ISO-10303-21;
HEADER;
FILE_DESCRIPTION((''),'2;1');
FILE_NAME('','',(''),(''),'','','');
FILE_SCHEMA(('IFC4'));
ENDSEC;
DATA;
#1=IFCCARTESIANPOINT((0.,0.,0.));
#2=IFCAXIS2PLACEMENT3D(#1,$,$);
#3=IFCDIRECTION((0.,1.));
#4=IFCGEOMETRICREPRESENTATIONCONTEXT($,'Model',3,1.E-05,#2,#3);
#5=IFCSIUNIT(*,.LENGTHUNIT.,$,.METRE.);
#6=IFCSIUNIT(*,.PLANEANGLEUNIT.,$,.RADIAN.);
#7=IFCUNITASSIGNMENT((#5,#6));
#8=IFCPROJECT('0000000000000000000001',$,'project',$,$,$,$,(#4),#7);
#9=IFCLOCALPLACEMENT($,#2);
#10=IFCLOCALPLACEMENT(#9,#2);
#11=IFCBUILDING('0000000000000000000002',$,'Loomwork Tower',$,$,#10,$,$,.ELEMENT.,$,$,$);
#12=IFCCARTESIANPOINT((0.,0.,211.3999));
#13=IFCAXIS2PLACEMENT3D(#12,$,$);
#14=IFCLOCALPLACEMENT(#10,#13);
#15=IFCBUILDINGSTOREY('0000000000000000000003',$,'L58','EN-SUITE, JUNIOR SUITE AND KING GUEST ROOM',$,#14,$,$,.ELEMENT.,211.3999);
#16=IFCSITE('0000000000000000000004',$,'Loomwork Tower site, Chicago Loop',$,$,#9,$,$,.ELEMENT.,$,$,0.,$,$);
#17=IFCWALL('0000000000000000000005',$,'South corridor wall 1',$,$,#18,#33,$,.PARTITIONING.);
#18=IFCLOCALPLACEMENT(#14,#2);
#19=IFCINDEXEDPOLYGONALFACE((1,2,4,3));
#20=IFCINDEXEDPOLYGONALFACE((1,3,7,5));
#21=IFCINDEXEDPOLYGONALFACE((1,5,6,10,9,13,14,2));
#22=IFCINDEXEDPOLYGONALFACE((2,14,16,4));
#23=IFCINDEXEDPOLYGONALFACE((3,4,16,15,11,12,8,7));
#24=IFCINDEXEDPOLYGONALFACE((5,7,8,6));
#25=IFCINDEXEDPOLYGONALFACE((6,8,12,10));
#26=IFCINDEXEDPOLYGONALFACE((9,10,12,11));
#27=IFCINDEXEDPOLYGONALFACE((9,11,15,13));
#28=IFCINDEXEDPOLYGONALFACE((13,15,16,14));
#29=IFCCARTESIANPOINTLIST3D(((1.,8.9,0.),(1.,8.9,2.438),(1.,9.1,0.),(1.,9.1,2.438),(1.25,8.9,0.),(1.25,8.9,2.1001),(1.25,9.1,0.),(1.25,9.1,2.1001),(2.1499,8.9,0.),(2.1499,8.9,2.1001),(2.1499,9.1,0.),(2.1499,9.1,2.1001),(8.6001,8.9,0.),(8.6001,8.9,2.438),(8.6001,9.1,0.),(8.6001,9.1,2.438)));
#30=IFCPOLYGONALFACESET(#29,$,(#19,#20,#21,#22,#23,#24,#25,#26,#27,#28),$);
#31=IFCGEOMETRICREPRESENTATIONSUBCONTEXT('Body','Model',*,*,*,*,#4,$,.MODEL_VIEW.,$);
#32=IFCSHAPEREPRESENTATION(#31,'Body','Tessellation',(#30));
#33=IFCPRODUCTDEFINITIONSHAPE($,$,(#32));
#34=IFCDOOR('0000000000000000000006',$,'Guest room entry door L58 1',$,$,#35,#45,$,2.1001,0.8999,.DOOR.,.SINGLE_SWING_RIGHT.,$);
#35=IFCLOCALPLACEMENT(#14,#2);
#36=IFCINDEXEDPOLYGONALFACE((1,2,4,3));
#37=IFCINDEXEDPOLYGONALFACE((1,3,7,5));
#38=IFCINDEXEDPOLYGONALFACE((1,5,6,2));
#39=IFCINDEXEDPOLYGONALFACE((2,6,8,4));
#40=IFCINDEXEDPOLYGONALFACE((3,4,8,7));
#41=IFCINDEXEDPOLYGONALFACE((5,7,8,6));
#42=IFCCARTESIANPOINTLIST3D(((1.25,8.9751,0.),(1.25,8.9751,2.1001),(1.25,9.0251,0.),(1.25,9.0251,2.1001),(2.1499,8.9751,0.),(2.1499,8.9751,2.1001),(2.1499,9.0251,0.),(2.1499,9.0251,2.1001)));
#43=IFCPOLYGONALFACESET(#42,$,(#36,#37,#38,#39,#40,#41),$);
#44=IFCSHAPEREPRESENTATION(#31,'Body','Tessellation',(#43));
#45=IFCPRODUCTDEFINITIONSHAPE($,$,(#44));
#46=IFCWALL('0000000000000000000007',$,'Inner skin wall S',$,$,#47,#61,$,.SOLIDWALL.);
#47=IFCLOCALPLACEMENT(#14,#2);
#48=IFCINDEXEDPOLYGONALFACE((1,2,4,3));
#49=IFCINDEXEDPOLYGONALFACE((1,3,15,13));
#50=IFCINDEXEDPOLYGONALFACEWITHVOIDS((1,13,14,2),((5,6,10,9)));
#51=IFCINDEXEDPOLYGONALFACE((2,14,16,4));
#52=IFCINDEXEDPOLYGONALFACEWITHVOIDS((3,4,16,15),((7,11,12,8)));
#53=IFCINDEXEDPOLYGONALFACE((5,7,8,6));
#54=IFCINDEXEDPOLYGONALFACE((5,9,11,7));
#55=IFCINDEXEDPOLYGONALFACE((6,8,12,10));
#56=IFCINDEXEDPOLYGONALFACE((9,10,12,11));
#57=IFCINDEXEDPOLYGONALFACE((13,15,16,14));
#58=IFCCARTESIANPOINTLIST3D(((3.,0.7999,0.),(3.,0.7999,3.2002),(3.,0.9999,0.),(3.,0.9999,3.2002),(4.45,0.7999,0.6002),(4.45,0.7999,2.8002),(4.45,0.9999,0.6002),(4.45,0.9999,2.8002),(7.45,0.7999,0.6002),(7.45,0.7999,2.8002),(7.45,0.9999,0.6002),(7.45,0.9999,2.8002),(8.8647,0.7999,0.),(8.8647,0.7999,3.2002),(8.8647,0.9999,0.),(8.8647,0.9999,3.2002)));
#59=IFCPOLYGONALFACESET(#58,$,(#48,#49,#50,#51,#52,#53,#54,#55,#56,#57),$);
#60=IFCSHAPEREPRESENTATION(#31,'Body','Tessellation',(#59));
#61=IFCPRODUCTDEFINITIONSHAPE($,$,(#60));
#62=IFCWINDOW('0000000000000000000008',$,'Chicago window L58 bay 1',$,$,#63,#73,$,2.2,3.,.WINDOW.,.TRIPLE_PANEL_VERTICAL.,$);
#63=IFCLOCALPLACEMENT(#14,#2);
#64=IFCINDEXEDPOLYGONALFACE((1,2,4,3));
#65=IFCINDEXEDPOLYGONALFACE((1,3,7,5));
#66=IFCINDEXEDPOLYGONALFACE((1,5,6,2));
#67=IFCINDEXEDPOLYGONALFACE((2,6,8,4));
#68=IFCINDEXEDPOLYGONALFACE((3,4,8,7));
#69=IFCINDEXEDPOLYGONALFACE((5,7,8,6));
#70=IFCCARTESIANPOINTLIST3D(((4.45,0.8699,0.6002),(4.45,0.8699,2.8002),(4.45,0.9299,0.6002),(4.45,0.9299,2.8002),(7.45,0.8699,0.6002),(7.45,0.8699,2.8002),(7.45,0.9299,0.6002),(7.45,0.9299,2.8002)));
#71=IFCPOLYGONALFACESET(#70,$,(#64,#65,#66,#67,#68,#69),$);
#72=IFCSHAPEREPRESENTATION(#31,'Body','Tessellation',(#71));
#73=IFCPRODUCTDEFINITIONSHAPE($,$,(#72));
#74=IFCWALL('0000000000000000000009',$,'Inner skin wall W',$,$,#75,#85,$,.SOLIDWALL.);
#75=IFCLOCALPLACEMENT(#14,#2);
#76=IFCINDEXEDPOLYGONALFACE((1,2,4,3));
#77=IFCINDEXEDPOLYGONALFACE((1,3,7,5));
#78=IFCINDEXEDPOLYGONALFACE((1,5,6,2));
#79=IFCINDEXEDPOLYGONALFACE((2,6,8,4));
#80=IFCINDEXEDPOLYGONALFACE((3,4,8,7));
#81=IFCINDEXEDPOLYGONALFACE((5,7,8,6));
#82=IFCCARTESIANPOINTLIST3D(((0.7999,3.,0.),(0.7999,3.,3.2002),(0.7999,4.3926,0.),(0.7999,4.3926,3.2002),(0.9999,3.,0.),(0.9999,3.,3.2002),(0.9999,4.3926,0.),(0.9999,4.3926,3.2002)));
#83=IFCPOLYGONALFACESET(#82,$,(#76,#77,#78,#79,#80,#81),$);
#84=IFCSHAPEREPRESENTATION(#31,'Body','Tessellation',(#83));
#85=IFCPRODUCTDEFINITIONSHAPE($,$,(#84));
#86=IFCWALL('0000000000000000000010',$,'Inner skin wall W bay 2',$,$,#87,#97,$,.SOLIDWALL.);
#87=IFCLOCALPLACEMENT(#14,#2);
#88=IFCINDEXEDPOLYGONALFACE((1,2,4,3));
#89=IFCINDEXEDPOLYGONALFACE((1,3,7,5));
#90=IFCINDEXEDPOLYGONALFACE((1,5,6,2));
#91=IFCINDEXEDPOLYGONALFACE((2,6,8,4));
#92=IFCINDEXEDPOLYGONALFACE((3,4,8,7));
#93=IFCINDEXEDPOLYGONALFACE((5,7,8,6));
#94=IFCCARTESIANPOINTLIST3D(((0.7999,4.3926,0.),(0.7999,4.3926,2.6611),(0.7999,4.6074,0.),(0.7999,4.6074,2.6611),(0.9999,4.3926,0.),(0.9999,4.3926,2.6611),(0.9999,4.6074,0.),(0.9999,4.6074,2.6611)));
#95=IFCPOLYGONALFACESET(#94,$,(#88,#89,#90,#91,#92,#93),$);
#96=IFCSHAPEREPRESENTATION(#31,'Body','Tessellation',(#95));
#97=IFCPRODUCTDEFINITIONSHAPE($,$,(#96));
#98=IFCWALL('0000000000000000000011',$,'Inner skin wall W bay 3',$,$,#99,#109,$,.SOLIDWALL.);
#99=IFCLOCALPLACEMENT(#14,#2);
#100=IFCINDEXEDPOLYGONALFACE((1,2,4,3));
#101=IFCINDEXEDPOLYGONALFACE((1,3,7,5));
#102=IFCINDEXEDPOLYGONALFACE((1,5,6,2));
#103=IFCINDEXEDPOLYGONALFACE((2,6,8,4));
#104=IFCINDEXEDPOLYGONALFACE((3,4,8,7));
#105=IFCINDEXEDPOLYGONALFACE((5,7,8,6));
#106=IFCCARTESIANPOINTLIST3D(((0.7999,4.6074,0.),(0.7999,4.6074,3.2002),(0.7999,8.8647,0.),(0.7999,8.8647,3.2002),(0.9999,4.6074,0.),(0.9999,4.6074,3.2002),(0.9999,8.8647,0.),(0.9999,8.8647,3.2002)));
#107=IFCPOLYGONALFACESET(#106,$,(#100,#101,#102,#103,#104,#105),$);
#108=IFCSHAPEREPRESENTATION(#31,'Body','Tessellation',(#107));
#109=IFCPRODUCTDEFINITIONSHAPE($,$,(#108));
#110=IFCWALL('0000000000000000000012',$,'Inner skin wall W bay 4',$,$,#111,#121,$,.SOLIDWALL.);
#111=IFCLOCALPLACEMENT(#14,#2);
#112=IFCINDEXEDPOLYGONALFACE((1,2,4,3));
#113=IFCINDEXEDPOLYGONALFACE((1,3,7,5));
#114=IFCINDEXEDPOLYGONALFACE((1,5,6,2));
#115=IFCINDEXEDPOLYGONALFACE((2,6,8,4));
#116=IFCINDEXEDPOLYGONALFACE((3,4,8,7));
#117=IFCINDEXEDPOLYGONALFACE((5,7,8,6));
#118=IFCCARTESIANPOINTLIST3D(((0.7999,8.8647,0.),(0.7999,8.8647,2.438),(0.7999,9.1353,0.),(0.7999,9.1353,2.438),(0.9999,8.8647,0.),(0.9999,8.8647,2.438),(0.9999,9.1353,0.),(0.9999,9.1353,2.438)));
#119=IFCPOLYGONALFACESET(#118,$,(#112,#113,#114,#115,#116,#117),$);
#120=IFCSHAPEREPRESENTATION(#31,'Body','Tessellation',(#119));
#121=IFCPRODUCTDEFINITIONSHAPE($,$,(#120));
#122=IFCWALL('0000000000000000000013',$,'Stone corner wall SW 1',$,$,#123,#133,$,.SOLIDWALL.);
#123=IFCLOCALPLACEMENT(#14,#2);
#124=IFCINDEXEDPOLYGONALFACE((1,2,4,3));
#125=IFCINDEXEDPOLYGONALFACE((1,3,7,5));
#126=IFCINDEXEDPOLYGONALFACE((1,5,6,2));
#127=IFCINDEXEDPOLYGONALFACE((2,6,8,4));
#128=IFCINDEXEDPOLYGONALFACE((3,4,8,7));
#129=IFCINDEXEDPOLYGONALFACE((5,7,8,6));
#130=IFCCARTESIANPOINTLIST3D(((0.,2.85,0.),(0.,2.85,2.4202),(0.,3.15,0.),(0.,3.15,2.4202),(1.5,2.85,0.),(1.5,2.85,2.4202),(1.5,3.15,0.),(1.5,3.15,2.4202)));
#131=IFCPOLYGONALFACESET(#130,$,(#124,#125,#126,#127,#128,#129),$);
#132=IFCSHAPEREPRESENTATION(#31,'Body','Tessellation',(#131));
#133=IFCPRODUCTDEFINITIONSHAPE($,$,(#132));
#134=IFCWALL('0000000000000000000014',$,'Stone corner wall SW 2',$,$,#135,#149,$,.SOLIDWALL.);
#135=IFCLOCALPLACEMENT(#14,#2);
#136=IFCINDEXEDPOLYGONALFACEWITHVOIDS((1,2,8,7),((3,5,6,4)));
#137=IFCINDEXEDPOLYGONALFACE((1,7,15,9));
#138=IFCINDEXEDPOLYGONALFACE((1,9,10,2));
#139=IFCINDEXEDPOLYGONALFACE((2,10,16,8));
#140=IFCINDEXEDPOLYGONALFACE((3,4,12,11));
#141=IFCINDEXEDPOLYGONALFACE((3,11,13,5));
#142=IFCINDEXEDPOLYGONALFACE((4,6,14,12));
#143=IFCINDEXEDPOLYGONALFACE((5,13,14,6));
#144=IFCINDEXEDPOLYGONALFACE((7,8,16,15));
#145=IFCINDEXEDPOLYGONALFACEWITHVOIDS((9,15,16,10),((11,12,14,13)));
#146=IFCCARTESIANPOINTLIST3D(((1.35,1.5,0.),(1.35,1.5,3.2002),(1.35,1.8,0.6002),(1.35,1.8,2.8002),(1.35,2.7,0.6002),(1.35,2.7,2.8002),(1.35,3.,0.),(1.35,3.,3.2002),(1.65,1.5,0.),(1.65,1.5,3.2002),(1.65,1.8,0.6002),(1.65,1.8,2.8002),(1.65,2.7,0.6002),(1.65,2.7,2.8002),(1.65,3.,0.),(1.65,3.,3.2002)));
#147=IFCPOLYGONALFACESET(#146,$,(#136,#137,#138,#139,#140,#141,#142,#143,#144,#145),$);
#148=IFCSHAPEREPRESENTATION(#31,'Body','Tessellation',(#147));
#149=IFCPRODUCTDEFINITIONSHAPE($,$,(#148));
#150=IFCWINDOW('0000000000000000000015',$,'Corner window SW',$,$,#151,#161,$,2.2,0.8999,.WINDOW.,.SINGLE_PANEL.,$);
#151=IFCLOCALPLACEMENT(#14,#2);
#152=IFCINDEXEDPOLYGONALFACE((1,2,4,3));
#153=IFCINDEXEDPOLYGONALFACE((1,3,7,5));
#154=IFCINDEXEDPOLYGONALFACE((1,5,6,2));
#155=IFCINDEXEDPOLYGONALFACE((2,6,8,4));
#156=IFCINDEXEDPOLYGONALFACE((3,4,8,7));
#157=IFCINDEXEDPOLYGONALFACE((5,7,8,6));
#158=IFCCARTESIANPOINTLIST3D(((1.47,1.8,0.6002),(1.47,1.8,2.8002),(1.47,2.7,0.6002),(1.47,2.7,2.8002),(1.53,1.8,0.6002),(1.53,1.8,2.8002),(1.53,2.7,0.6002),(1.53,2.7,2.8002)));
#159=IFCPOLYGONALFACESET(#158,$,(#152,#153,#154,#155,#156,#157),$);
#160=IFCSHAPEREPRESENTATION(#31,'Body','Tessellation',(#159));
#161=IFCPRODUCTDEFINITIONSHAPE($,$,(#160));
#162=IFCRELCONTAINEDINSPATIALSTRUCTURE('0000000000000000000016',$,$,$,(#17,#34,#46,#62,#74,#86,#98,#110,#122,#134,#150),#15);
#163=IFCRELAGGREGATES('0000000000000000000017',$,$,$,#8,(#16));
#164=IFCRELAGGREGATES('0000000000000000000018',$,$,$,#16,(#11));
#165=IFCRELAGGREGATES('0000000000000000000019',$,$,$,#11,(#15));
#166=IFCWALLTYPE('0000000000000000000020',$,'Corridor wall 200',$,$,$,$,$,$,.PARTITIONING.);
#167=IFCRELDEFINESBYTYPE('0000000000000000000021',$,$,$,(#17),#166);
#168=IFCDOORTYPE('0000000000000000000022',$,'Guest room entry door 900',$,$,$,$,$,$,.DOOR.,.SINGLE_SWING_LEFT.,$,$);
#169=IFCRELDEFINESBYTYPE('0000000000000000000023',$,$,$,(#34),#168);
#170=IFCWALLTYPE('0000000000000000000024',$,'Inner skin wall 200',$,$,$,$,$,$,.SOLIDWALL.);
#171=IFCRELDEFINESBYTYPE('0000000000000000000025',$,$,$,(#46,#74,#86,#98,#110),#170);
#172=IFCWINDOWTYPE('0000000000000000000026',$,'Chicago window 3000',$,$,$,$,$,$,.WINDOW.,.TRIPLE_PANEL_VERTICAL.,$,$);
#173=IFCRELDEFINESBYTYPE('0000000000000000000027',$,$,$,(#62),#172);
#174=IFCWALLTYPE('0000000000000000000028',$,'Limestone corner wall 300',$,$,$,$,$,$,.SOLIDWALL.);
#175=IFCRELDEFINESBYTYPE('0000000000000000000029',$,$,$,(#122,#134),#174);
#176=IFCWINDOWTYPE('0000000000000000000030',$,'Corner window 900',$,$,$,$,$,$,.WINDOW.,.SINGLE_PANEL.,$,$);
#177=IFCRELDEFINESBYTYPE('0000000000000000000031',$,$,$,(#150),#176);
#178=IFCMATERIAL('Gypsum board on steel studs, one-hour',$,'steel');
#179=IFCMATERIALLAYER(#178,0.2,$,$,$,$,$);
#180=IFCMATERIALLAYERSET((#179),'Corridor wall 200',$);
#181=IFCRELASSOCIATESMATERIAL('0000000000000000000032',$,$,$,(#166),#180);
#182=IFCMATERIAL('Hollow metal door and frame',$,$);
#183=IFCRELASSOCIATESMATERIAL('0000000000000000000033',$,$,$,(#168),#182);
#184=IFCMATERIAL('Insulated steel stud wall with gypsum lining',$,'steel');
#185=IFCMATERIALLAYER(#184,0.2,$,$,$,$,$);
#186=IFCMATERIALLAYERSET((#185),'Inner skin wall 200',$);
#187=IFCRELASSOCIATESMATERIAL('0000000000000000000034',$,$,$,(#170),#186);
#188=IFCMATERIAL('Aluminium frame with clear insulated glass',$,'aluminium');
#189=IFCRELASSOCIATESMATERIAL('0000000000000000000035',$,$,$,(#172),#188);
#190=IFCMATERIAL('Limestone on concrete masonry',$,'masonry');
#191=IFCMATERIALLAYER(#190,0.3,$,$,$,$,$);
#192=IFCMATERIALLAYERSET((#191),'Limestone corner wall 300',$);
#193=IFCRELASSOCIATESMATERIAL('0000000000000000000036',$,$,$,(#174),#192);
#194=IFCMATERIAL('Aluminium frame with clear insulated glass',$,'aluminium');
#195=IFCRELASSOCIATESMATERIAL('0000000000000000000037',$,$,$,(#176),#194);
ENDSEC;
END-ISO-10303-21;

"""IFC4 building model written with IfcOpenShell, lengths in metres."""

from ifc_helpers import new_model, si_unit, direction, frame, frame_2d, origin, place, context, subcontext, project, spatial, rectangle, extrude, material, layer, layer_set, type_object, element, fill, save


model = new_model("IFC4")

# Units and contexts
model_context = context("Model", 3, precision=1e-05, world=origin(), true_north=direction((0.0, 1.0)))
body_context = subcontext(model_context, "Body", "Model", "MODEL_VIEW")
ifc_project = project(units=[si_unit("LENGTHUNIT", "METRE"), si_unit("PLANEANGLEUNIT", "RADIAN")], contexts=[model_context])

# Site, building, storey
site_placement = place(None, origin())
site = spatial("IfcSite", under=ifc_project, at=site_placement, Name="Loomwork Tower site, Chicago Loop", CompositionType="ELEMENT", RefElevation=0.0)
building_placement = place(site_placement, origin())
building = spatial("IfcBuilding", under=site, at=building_placement, Name="Loomwork Tower", CompositionType="ELEMENT")
storey_placement = place(building_placement, frame((0.0, 0.0, 211.3999)))
storey = spatial("IfcBuildingStorey", under=building, at=storey_placement, Name="L58", Description="EN-SUITE, JUNIOR SUITE AND KING GUEST ROOM", CompositionType="ELEMENT", Elevation=211.3999)

# Wall, opening, door
ifc_material_1 = material(Name="Gypsum board on steel studs, one-hour", Category="steel")
ifc_layer_1 = layer(ifc_material_1, 0.2)
ifc_layer_set_1 = layer_set([ifc_layer_1], Name="Corridor wall 200")
wall_type_1 = type_object("IfcWallType", Name="Corridor wall 200", PredefinedType="PARTITIONING", material=ifc_layer_set_1)
wall_1_placement = place(storey_placement, frame((1.0, 9.0, 0.0), z_axis=(0.0, 0.0, 1.0), x_axis=(1.0, 0.0, 0.0)))
wall_1 = element("IfcWall", 1, at=wall_1_placement, inside=storey, type_object=wall_type_1, Name="South corridor wall 1", PredefinedType="PARTITIONING", context=body_context, shape_type="SweptSolid", body=[
    extrude(rectangle(XDim=7.6001, YDim=0.2, at=frame_2d((3.8, 0.0))), origin(), (0.0, 0.0, 1.0), 2.438),
])
opening_1_placement = place(wall_1_placement, frame((0.25, 0.0, 0.0)))
opening_1 = element("IfcOpeningElement", 2, at=opening_1_placement, cuts=wall_1, PredefinedType="OPENING", context=body_context, shape_type="SweptSolid", body=[
    extrude(rectangle(XDim=0.8999, YDim=2.1001, at=frame_2d((0.45, 1.05))), frame((0.0, 0.1099, 0.0), z_axis=(0.0, -1.0, 0.0), x_axis=(1.0, 0.0, 0.0)), (0.0, 0.0, 1.0), 0.22),
])
ifc_material_2 = material(Name="Hollow metal door and frame")
door_type = type_object("IfcDoorType", Name="Guest room entry door 900", OperationType="SINGLE_SWING_LEFT", PredefinedType="DOOR", material=ifc_material_2)
door_placement = place(opening_1_placement, frame((0.8999, 0.0, 0.0), z_axis=(0.0, 0.0, 1.0), x_axis=(-1.0, 0.0, 0.0)))
door = element("IfcDoor", 3, at=door_placement, inside=storey, type_object=door_type, Name="Guest room entry door L58 1", OperationType="SINGLE_SWING_RIGHT", OverallHeight=2.1001, OverallWidth=0.8999, PredefinedType="DOOR", context=body_context, shape_type="SweptSolid", body=[
    extrude(rectangle(XDim=0.8999, YDim=2.1001, at=frame_2d((0.45, 1.05))), frame((0.0, 0.0249, 0.0), z_axis=(0.0, -1.0, 0.0), x_axis=(1.0, 0.0, 0.0)), (0.0, 0.0, 1.0), 0.05),
])
fill(opening_1, door)

# Wall, opening, window
ifc_material_3 = material(Name="Insulated steel stud wall with gypsum lining", Category="steel")
ifc_layer_2 = layer(ifc_material_3, 0.2)
ifc_layer_set_2 = layer_set([ifc_layer_2], Name="Inner skin wall 200")
wall_type_2 = type_object("IfcWallType", Name="Inner skin wall 200", PredefinedType="SOLIDWALL", material=ifc_layer_set_2)
wall_2_placement = place(storey_placement, frame((3.0, 0.8999, 0.0), z_axis=(0.0, 0.0, 1.0), x_axis=(1.0, 0.0, 0.0)))
wall_2 = element("IfcWall", 4, at=wall_2_placement, inside=storey, type_object=wall_type_2, Name="Inner skin wall S", PredefinedType="SOLIDWALL", context=body_context, shape_type="SweptSolid", body=[
    extrude(rectangle(XDim=5.8647, YDim=0.2, at=frame_2d((2.9324, 0.0))), origin(), (0.0, 0.0, 1.0), 3.2002),
])
opening_2_placement = place(wall_2_placement, frame((1.45, 0.0, 0.6001)))
opening_2 = element("IfcOpeningElement", 5, at=opening_2_placement, cuts=wall_2, PredefinedType="OPENING", context=body_context, shape_type="SweptSolid", body=[
    extrude(rectangle(XDim=3.0, YDim=2.2, at=frame_2d((1.5, 1.1001))), frame((0.0, 0.1099, 0.0), z_axis=(0.0, -1.0, 0.0), x_axis=(1.0, 0.0, 0.0)), (0.0, 0.0, 1.0), 0.22),
])
ifc_material_4 = material(Name="Aluminium frame with clear insulated glass", Category="aluminium")
window_type_1 = type_object("IfcWindowType", Name="Chicago window 3000", PartitioningType="TRIPLE_PANEL_VERTICAL", PredefinedType="WINDOW", material=ifc_material_4)
window_1_placement = place(opening_2_placement, origin())
window_1 = element("IfcWindow", 6, at=window_1_placement, inside=storey, type_object=window_type_1, Name="Chicago window L58 bay 1", OverallHeight=2.2, OverallWidth=3.0, PartitioningType="TRIPLE_PANEL_VERTICAL", PredefinedType="WINDOW", context=body_context, shape_type="SweptSolid", body=[
    extrude(rectangle(XDim=3.0, YDim=2.2, at=frame_2d((1.5, 1.1001))), frame((0.0, 0.03, 0.0), z_axis=(0.0, -1.0, 0.0), x_axis=(1.0, 0.0, 0.0)), (0.0, 0.0, 1.0), 0.0601),
])
fill(opening_2, window_1)

# Walls
wall_3_placement = place(storey_placement, frame((0.8999, 3.0, 0.0), z_axis=(0.0, 0.0, 1.0), x_axis=(0.0, 1.0, 0.0)))
element("IfcWall", 7, at=wall_3_placement, inside=storey, type_object=wall_type_2, Name="Inner skin wall W", PredefinedType="SOLIDWALL", context=body_context, shape_type="SweptSolid", body=[
    extrude(rectangle(XDim=1.3926, YDim=0.2, at=frame_2d((0.6963, 0.0))), origin(), (0.0, 0.0, 1.0), 3.2002),
])
wall_4_placement = place(storey_placement, frame((0.8999, 4.3926, 0.0), z_axis=(0.0, 0.0, 1.0), x_axis=(0.0, 1.0, 0.0)))
element("IfcWall", 8, at=wall_4_placement, inside=storey, type_object=wall_type_2, Name="Inner skin wall W bay 2", PredefinedType="SOLIDWALL", context=body_context, shape_type="SweptSolid", body=[
    extrude(rectangle(XDim=0.2148, YDim=0.2, at=frame_2d((0.1074, 0.0))), origin(), (0.0, 0.0, 1.0), 2.6611),
])
wall_5_placement = place(storey_placement, frame((0.8999, 4.6074, 0.0), z_axis=(0.0, 0.0, 1.0), x_axis=(0.0, 1.0, 0.0)))
element("IfcWall", 9, at=wall_5_placement, inside=storey, type_object=wall_type_2, Name="Inner skin wall W bay 3", PredefinedType="SOLIDWALL", context=body_context, shape_type="SweptSolid", body=[
    extrude(rectangle(XDim=4.2573, YDim=0.2, at=frame_2d((2.1287, 0.0))), origin(), (0.0, 0.0, 1.0), 3.2002),
])
wall_6_placement = place(storey_placement, frame((0.8999, 8.8647, 0.0), z_axis=(0.0, 0.0, 1.0), x_axis=(0.0, 1.0, 0.0)))
element("IfcWall", 10, at=wall_6_placement, inside=storey, type_object=wall_type_2, Name="Inner skin wall W bay 4", PredefinedType="SOLIDWALL", context=body_context, shape_type="SweptSolid", body=[
    extrude(rectangle(XDim=0.2705, YDim=0.2, at=frame_2d((0.1353, 0.0))), origin(), (0.0, 0.0, 1.0), 2.438),
])
ifc_material_5 = material(Name="Limestone on concrete masonry", Category="masonry")
ifc_layer_3 = layer(ifc_material_5, 0.3)
ifc_layer_set_3 = layer_set([ifc_layer_3], Name="Limestone corner wall 300")
wall_type_3 = type_object("IfcWallType", Name="Limestone corner wall 300", PredefinedType="SOLIDWALL", material=ifc_layer_set_3)
wall_7_placement = place(storey_placement, frame((0.0, 3.0, 0.0), z_axis=(0.0, 0.0, 1.0), x_axis=(1.0, 0.0, 0.0)))
element("IfcWall", 11, at=wall_7_placement, inside=storey, type_object=wall_type_3, Name="Stone corner wall SW 1", PredefinedType="SOLIDWALL", context=body_context, shape_type="SweptSolid", body=[
    extrude(rectangle(XDim=1.5, YDim=0.3, at=frame_2d((0.75, 0.0))), origin(), (0.0, 0.0, 1.0), 2.4202),
])

# Wall, opening, window
wall_8_placement = place(storey_placement, frame((1.5, 3.0, 0.0), z_axis=(0.0, 0.0, 1.0), x_axis=(0.0, -1.0, 0.0)))
wall_8 = element("IfcWall", 12, at=wall_8_placement, inside=storey, type_object=wall_type_3, Name="Stone corner wall SW 2", PredefinedType="SOLIDWALL", context=body_context, shape_type="SweptSolid", body=[
    extrude(rectangle(XDim=1.5, YDim=0.3, at=frame_2d((0.75, 0.0))), origin(), (0.0, 0.0, 1.0), 3.2002),
])
opening_3_placement = place(wall_8_placement, frame((0.3, 0.0, 0.6001)))
opening_3 = element("IfcOpeningElement", 13, at=opening_3_placement, cuts=wall_8, PredefinedType="OPENING", context=body_context, shape_type="SweptSolid", body=[
    extrude(rectangle(XDim=0.8999, YDim=2.2, at=frame_2d((0.45, 1.1001))), frame((0.0, 0.1599, 0.0), z_axis=(0.0, -1.0, 0.0), x_axis=(1.0, 0.0, 0.0)), (0.0, 0.0, 1.0), 0.3201),
])
ifc_material_6 = material(Name="Aluminium frame with clear insulated glass", Category="aluminium")
window_type_2 = type_object("IfcWindowType", Name="Corner window 900", PartitioningType="SINGLE_PANEL", PredefinedType="WINDOW", material=ifc_material_6)
window_2_placement = place(opening_3_placement, origin())
window_2 = element("IfcWindow", 14, at=window_2_placement, inside=storey, type_object=window_type_2, Name="Corner window SW", OverallHeight=2.2, OverallWidth=0.8999, PartitioningType="SINGLE_PANEL", PredefinedType="WINDOW", context=body_context, shape_type="SweptSolid", body=[
    extrude(rectangle(XDim=0.8999, YDim=2.2, at=frame_2d((0.45, 1.1001))), frame((0.0, 0.03, 0.0), z_axis=(0.0, -1.0, 0.0), x_axis=(1.0, 0.0, 0.0)), (0.0, 0.0, 1.0), 0.0601),
])
fill(opening_3, window_2)

save(model, "model.ifc")
